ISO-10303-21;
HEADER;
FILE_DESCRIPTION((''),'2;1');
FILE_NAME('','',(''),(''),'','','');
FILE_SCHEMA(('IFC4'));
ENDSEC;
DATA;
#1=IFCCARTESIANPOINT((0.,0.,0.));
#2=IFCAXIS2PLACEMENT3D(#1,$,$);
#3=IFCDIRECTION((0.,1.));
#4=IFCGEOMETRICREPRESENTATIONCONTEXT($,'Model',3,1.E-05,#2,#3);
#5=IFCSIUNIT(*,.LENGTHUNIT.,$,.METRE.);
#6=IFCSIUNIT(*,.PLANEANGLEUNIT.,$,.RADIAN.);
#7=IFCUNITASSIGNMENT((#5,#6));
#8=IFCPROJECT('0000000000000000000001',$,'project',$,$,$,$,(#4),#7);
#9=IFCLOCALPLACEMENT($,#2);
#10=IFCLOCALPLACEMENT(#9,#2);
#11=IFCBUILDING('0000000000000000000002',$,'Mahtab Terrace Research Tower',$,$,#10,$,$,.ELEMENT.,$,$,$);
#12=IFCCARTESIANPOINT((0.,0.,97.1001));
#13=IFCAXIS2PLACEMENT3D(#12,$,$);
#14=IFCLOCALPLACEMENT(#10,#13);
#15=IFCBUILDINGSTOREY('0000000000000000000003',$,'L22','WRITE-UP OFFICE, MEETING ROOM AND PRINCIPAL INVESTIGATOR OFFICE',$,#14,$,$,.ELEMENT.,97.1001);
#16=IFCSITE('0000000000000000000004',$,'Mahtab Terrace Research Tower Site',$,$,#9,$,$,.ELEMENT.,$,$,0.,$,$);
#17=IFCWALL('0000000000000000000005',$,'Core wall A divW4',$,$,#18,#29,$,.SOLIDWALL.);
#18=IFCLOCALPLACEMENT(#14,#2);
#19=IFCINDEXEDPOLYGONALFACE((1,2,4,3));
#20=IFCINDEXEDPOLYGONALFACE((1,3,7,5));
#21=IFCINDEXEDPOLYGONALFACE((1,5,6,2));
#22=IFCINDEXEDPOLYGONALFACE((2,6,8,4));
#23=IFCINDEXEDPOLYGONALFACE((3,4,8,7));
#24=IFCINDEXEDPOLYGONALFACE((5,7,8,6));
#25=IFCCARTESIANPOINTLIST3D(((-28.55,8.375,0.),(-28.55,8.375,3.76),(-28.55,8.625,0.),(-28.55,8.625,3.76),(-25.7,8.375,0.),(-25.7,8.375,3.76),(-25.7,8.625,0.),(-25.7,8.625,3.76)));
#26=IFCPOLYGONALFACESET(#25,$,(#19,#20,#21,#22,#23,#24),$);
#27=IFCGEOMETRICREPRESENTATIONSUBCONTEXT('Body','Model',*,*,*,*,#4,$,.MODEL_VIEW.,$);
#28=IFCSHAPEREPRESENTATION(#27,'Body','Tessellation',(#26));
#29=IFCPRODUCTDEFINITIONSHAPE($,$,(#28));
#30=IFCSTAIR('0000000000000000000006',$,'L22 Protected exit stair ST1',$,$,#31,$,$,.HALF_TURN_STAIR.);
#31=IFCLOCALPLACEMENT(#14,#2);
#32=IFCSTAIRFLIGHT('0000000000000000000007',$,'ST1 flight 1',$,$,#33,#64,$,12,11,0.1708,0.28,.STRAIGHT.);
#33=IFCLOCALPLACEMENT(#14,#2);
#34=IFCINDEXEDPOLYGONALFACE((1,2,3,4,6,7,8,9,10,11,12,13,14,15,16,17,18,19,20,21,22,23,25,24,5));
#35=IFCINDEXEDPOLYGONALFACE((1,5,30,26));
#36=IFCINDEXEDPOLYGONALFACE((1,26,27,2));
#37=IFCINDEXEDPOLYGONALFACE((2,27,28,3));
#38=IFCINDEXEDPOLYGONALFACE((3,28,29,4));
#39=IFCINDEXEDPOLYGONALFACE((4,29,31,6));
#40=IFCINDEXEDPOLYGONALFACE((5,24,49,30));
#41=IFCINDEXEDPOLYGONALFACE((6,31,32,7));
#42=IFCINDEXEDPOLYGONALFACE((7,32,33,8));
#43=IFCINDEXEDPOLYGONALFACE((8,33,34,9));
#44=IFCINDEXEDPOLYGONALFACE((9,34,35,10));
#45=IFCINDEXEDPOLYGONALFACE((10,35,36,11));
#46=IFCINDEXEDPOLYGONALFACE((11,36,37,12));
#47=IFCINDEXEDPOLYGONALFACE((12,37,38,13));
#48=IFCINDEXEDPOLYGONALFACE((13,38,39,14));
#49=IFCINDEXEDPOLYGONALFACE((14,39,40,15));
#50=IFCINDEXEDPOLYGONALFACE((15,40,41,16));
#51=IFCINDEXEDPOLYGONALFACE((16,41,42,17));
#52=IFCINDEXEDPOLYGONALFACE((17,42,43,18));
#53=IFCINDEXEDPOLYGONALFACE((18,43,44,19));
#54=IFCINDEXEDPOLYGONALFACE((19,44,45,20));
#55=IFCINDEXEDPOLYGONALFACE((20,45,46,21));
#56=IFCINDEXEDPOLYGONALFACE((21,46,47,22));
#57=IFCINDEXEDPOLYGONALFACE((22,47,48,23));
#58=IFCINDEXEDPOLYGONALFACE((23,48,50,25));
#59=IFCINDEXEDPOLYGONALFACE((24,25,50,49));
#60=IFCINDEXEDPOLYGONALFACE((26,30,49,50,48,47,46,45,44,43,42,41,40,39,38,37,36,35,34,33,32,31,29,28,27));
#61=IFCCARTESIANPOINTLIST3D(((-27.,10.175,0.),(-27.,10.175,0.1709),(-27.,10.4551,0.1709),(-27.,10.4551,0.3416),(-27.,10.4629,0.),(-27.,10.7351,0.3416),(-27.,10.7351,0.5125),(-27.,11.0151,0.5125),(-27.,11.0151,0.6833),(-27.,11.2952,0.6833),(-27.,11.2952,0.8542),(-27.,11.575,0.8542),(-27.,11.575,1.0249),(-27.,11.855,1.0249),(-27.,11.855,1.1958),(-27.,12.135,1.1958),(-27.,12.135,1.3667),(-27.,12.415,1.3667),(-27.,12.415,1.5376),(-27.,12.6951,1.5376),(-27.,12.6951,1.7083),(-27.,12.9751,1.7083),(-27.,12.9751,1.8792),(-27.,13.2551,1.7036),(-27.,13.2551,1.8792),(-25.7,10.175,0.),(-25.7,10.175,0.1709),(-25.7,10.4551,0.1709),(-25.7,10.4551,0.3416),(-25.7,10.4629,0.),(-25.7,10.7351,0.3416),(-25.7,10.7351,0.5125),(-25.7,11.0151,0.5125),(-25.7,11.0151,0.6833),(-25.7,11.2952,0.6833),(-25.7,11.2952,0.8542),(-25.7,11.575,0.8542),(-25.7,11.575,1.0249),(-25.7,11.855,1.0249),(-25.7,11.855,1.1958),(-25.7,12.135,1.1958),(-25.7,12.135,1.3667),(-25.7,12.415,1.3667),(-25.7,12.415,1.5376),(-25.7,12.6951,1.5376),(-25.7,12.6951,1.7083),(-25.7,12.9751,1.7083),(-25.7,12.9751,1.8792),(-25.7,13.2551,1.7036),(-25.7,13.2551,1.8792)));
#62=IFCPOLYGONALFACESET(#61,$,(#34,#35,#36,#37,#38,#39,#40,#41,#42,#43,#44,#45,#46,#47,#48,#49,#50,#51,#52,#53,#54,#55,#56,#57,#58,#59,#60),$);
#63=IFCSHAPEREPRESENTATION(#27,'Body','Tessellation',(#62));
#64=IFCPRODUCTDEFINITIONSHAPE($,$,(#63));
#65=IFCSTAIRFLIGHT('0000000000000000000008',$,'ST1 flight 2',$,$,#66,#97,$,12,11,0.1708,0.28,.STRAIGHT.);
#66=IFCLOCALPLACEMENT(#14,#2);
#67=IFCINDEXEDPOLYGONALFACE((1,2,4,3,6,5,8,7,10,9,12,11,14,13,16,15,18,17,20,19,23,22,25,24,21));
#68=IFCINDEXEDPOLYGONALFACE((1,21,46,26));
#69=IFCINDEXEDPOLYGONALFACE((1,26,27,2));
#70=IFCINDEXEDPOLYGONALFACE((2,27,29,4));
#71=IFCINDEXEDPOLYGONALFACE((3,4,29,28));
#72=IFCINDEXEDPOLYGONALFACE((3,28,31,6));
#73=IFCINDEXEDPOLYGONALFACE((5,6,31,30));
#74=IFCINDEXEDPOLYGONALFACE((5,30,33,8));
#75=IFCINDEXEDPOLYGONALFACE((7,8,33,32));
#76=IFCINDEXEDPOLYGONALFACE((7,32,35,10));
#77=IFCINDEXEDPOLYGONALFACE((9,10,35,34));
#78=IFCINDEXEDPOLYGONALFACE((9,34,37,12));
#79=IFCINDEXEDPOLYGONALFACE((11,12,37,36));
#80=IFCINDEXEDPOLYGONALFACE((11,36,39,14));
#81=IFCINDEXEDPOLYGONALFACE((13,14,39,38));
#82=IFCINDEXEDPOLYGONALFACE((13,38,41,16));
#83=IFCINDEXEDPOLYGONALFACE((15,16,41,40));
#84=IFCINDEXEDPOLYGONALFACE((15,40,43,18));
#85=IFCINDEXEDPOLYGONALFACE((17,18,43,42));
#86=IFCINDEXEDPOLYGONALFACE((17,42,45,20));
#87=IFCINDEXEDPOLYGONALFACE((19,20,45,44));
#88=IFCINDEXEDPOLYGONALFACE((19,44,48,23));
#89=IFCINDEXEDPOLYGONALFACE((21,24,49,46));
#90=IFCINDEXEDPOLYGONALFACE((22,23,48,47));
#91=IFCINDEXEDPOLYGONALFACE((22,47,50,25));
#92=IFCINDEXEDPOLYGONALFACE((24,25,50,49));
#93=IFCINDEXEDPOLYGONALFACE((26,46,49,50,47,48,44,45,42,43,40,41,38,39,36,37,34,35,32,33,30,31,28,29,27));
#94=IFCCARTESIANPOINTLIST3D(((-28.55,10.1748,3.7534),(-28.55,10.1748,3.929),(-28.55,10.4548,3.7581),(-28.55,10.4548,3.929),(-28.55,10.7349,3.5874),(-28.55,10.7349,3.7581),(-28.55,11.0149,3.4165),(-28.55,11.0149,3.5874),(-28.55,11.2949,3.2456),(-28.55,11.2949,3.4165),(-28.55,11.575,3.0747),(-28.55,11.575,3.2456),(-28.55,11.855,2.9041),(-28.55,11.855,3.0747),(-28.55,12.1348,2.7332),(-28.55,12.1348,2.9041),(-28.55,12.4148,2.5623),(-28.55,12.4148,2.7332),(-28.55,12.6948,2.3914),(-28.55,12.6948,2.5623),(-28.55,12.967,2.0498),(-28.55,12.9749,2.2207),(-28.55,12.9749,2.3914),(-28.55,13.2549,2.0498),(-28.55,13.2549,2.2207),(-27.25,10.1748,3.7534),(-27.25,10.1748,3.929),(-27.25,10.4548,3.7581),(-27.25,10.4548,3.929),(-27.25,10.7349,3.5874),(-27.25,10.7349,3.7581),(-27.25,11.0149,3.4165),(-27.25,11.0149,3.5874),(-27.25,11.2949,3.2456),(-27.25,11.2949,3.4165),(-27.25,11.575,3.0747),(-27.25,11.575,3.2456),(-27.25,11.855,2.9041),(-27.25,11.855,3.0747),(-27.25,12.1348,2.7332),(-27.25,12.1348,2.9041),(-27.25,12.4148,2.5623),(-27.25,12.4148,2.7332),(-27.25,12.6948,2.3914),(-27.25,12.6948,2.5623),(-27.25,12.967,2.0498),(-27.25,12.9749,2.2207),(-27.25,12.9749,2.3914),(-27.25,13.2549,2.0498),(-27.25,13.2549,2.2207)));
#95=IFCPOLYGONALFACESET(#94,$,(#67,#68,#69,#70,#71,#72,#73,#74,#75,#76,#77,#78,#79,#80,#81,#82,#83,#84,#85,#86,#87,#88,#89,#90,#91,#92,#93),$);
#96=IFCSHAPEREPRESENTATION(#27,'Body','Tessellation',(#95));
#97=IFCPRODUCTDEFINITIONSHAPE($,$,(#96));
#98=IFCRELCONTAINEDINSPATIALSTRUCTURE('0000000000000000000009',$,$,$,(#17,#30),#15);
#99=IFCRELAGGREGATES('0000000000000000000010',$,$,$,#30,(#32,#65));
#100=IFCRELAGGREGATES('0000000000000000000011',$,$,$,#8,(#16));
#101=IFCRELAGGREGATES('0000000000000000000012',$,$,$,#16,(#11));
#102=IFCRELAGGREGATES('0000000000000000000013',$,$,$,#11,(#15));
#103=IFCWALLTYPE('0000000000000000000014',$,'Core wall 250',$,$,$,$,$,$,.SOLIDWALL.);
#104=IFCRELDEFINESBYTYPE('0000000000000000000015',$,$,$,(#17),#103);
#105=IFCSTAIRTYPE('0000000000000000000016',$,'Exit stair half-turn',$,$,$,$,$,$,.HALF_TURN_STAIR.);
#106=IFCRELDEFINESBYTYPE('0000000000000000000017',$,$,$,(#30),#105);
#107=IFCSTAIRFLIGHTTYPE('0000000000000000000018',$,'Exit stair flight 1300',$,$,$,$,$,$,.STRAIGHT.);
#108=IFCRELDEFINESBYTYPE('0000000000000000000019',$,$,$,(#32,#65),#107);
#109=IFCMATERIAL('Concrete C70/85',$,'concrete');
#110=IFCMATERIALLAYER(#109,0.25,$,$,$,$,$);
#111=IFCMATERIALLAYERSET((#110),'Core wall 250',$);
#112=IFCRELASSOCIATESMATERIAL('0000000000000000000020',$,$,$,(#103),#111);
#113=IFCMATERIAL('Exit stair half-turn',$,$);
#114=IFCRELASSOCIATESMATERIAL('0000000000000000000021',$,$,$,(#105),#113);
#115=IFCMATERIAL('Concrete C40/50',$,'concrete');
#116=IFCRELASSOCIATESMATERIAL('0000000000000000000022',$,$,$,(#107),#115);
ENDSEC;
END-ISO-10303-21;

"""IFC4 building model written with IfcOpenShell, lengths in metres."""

from ifc_helpers import new_model, si_unit, direction, frame, frame_2d, origin, place, context, subcontext, project, spatial, polyline, rectangle, outline, extrude, material, layer, layer_set, type_object, element, aggregate, save


model = new_model("IFC4")

# Units and contexts
model_context = context("Model", 3, precision=1e-05, world=origin(), true_north=direction((0.0, 1.0)))
body_context = subcontext(model_context, "Body", "Model", "MODEL_VIEW")
ifc_project = project(units=[si_unit("LENGTHUNIT", "METRE"), si_unit("PLANEANGLEUNIT", "RADIAN")], contexts=[model_context])

# Site, building, storey
site_placement = place(None, origin())
site = spatial("IfcSite", under=ifc_project, at=site_placement, Name="Mahtab Terrace Research Tower Site", CompositionType="ELEMENT", RefElevation=0.0)
building_placement = place(site_placement, origin())
building = spatial("IfcBuilding", under=site, at=building_placement, Name="Mahtab Terrace Research Tower", CompositionType="ELEMENT")
storey_placement = place(building_placement, frame((0.0, 0.0, 97.1001)))
storey = spatial("IfcBuildingStorey", under=building, at=storey_placement, Name="L22", Description="WRITE-UP OFFICE, MEETING ROOM AND PRINCIPAL INVESTIGATOR OFFICE", CompositionType="ELEMENT", Elevation=97.1001)

# Shared definitions
ifc_material_1 = material(Name="Concrete C70/85", Category="concrete")

# Wall
ifc_layer_1 = layer(ifc_material_1, 0.25)
ifc_layer_set_1 = layer_set([ifc_layer_1], Name="Core wall 250")
wall_type = type_object("IfcWallType", Name="Core wall 250", PredefinedType="SOLIDWALL", material=ifc_layer_set_1)
for number, where, z_axis, x_axis, name in (
    (1, (-28.55, 8.5, 0.0), (0.0, 0.0, 1.0), (1.0, 0.0, 0.0), "Core wall A divW4"),
):
    element("IfcWall", number, at=place(storey_placement, frame(where, z_axis=z_axis, x_axis=x_axis)), inside=storey, type_object=wall_type, Name=name, PredefinedType="SOLIDWALL", context=body_context, shape_type="SweptSolid", body=[
        extrude(rectangle(XDim=2.8501, YDim=0.25, at=frame_2d((1.425, 0.0))), origin(), (0.0, 0.0, 1.0), 3.76),
    ])

# Stair, stair flights
ifc_material_2 = material(Name="Exit stair half-turn")
stair_type = type_object("IfcStairType", Name="Exit stair half-turn", PredefinedType="HALF_TURN_STAIR", material=ifc_material_2)
stair_placement = place(storey_placement, origin())
stair = element("IfcStair", 2, at=stair_placement, inside=storey, type_object=stair_type, Name="L22 Protected exit stair ST1", PredefinedType="HALF_TURN_STAIR")
ifc_material_3 = material(Name="Concrete C40/50", Category="concrete")
stair_flight_type = type_object("IfcStairFlightType", Name="Exit stair flight 1300", PredefinedType="STRAIGHT", material=ifc_material_3)
stair_flight_1_placement = place(storey_placement, frame((-26.3501, 10.175, 0.0), z_axis=(0.0, 0.0, 1.0), x_axis=(0.0, 1.0, 0.0)))
stair_flight_1 = element("IfcStairFlight", 3, at=stair_flight_1_placement, type_object=stair_flight_type, Name="ST1 flight 1", NumberOfRisers=12, NumberOfTreads=11, PredefinedType="STRAIGHT", RiserHeight=0.1708, TreadLength=0.28, context=body_context, shape_type="SweptSolid", body=[
    extrude(outline(polyline([(0.0, 0.0), (0.0, 0.1709), (0.28, 0.1709), (0.28, 0.3416), (0.5601, 0.3416), (0.5601, 0.5125), (0.8401, 0.5125), (0.8401, 0.6833), (1.1201, 0.6833), (1.1201, 0.8542), (1.3999, 0.8542), (1.3999, 1.0249), (1.6799, 1.0249), (1.6799, 1.1958), (1.96, 1.1958), (1.96, 1.3667), (2.24, 1.3667), (2.24, 1.5376), (2.52, 1.5376), (2.52, 1.7083), (2.8, 1.7083), (2.8, 1.8792), (3.0801, 1.8792), (3.0801, 2.05), (3.0801, 1.7036), (0.2878, 0.0), (0.0, 0.0)])), frame((0.0, 0.6499, 0.0), z_axis=(0.0, -1.0, 0.0), x_axis=(1.0, 0.0, 0.0)), (0.0, 0.0, 1.0), 1.3),
])
stair_flight_2_placement = place(storey_placement, frame((-27.8999, 13.2549, 2.0498), z_axis=(0.0, 0.0, 1.0), x_axis=(0.0, -1.0, 0.0)))
stair_flight_2 = element("IfcStairFlight", 4, at=stair_flight_2_placement, type_object=stair_flight_type, Name="ST1 flight 2", NumberOfRisers=12, NumberOfTreads=11, PredefinedType="STRAIGHT", RiserHeight=0.1708, TreadLength=0.28, context=body_context, shape_type="SweptSolid", body=[
    extrude(outline(polyline([(0.0, 0.0), (0.0, 0.1709), (0.28, 0.1709), (0.28, 0.3416), (0.5601, 0.3416), (0.5601, 0.5125), (0.8401, 0.5125), (0.8401, 0.6833), (1.1201, 0.6833), (1.1201, 0.8542), (1.3999, 0.8542), (1.3999, 1.0249), (1.6799, 1.0249), (1.6799, 1.1958), (1.96, 1.1958), (1.96, 1.3667), (2.24, 1.3667), (2.24, 1.5376), (2.52, 1.5376), (2.52, 1.7083), (2.8, 1.7083), (2.8, 1.8792), (3.0801, 1.8792), (3.0801, 2.05), (3.0801, 1.7036), (0.2878, 0.0), (0.0, 0.0)])), frame((0.0, 0.6499, 0.0), z_axis=(0.0, -1.0, 0.0), x_axis=(1.0, 0.0, 0.0)), (0.0, 0.0, 1.0), 1.3),
])
aggregate(stair, [stair_flight_1, stair_flight_2])

save(model, "model.ifc")
